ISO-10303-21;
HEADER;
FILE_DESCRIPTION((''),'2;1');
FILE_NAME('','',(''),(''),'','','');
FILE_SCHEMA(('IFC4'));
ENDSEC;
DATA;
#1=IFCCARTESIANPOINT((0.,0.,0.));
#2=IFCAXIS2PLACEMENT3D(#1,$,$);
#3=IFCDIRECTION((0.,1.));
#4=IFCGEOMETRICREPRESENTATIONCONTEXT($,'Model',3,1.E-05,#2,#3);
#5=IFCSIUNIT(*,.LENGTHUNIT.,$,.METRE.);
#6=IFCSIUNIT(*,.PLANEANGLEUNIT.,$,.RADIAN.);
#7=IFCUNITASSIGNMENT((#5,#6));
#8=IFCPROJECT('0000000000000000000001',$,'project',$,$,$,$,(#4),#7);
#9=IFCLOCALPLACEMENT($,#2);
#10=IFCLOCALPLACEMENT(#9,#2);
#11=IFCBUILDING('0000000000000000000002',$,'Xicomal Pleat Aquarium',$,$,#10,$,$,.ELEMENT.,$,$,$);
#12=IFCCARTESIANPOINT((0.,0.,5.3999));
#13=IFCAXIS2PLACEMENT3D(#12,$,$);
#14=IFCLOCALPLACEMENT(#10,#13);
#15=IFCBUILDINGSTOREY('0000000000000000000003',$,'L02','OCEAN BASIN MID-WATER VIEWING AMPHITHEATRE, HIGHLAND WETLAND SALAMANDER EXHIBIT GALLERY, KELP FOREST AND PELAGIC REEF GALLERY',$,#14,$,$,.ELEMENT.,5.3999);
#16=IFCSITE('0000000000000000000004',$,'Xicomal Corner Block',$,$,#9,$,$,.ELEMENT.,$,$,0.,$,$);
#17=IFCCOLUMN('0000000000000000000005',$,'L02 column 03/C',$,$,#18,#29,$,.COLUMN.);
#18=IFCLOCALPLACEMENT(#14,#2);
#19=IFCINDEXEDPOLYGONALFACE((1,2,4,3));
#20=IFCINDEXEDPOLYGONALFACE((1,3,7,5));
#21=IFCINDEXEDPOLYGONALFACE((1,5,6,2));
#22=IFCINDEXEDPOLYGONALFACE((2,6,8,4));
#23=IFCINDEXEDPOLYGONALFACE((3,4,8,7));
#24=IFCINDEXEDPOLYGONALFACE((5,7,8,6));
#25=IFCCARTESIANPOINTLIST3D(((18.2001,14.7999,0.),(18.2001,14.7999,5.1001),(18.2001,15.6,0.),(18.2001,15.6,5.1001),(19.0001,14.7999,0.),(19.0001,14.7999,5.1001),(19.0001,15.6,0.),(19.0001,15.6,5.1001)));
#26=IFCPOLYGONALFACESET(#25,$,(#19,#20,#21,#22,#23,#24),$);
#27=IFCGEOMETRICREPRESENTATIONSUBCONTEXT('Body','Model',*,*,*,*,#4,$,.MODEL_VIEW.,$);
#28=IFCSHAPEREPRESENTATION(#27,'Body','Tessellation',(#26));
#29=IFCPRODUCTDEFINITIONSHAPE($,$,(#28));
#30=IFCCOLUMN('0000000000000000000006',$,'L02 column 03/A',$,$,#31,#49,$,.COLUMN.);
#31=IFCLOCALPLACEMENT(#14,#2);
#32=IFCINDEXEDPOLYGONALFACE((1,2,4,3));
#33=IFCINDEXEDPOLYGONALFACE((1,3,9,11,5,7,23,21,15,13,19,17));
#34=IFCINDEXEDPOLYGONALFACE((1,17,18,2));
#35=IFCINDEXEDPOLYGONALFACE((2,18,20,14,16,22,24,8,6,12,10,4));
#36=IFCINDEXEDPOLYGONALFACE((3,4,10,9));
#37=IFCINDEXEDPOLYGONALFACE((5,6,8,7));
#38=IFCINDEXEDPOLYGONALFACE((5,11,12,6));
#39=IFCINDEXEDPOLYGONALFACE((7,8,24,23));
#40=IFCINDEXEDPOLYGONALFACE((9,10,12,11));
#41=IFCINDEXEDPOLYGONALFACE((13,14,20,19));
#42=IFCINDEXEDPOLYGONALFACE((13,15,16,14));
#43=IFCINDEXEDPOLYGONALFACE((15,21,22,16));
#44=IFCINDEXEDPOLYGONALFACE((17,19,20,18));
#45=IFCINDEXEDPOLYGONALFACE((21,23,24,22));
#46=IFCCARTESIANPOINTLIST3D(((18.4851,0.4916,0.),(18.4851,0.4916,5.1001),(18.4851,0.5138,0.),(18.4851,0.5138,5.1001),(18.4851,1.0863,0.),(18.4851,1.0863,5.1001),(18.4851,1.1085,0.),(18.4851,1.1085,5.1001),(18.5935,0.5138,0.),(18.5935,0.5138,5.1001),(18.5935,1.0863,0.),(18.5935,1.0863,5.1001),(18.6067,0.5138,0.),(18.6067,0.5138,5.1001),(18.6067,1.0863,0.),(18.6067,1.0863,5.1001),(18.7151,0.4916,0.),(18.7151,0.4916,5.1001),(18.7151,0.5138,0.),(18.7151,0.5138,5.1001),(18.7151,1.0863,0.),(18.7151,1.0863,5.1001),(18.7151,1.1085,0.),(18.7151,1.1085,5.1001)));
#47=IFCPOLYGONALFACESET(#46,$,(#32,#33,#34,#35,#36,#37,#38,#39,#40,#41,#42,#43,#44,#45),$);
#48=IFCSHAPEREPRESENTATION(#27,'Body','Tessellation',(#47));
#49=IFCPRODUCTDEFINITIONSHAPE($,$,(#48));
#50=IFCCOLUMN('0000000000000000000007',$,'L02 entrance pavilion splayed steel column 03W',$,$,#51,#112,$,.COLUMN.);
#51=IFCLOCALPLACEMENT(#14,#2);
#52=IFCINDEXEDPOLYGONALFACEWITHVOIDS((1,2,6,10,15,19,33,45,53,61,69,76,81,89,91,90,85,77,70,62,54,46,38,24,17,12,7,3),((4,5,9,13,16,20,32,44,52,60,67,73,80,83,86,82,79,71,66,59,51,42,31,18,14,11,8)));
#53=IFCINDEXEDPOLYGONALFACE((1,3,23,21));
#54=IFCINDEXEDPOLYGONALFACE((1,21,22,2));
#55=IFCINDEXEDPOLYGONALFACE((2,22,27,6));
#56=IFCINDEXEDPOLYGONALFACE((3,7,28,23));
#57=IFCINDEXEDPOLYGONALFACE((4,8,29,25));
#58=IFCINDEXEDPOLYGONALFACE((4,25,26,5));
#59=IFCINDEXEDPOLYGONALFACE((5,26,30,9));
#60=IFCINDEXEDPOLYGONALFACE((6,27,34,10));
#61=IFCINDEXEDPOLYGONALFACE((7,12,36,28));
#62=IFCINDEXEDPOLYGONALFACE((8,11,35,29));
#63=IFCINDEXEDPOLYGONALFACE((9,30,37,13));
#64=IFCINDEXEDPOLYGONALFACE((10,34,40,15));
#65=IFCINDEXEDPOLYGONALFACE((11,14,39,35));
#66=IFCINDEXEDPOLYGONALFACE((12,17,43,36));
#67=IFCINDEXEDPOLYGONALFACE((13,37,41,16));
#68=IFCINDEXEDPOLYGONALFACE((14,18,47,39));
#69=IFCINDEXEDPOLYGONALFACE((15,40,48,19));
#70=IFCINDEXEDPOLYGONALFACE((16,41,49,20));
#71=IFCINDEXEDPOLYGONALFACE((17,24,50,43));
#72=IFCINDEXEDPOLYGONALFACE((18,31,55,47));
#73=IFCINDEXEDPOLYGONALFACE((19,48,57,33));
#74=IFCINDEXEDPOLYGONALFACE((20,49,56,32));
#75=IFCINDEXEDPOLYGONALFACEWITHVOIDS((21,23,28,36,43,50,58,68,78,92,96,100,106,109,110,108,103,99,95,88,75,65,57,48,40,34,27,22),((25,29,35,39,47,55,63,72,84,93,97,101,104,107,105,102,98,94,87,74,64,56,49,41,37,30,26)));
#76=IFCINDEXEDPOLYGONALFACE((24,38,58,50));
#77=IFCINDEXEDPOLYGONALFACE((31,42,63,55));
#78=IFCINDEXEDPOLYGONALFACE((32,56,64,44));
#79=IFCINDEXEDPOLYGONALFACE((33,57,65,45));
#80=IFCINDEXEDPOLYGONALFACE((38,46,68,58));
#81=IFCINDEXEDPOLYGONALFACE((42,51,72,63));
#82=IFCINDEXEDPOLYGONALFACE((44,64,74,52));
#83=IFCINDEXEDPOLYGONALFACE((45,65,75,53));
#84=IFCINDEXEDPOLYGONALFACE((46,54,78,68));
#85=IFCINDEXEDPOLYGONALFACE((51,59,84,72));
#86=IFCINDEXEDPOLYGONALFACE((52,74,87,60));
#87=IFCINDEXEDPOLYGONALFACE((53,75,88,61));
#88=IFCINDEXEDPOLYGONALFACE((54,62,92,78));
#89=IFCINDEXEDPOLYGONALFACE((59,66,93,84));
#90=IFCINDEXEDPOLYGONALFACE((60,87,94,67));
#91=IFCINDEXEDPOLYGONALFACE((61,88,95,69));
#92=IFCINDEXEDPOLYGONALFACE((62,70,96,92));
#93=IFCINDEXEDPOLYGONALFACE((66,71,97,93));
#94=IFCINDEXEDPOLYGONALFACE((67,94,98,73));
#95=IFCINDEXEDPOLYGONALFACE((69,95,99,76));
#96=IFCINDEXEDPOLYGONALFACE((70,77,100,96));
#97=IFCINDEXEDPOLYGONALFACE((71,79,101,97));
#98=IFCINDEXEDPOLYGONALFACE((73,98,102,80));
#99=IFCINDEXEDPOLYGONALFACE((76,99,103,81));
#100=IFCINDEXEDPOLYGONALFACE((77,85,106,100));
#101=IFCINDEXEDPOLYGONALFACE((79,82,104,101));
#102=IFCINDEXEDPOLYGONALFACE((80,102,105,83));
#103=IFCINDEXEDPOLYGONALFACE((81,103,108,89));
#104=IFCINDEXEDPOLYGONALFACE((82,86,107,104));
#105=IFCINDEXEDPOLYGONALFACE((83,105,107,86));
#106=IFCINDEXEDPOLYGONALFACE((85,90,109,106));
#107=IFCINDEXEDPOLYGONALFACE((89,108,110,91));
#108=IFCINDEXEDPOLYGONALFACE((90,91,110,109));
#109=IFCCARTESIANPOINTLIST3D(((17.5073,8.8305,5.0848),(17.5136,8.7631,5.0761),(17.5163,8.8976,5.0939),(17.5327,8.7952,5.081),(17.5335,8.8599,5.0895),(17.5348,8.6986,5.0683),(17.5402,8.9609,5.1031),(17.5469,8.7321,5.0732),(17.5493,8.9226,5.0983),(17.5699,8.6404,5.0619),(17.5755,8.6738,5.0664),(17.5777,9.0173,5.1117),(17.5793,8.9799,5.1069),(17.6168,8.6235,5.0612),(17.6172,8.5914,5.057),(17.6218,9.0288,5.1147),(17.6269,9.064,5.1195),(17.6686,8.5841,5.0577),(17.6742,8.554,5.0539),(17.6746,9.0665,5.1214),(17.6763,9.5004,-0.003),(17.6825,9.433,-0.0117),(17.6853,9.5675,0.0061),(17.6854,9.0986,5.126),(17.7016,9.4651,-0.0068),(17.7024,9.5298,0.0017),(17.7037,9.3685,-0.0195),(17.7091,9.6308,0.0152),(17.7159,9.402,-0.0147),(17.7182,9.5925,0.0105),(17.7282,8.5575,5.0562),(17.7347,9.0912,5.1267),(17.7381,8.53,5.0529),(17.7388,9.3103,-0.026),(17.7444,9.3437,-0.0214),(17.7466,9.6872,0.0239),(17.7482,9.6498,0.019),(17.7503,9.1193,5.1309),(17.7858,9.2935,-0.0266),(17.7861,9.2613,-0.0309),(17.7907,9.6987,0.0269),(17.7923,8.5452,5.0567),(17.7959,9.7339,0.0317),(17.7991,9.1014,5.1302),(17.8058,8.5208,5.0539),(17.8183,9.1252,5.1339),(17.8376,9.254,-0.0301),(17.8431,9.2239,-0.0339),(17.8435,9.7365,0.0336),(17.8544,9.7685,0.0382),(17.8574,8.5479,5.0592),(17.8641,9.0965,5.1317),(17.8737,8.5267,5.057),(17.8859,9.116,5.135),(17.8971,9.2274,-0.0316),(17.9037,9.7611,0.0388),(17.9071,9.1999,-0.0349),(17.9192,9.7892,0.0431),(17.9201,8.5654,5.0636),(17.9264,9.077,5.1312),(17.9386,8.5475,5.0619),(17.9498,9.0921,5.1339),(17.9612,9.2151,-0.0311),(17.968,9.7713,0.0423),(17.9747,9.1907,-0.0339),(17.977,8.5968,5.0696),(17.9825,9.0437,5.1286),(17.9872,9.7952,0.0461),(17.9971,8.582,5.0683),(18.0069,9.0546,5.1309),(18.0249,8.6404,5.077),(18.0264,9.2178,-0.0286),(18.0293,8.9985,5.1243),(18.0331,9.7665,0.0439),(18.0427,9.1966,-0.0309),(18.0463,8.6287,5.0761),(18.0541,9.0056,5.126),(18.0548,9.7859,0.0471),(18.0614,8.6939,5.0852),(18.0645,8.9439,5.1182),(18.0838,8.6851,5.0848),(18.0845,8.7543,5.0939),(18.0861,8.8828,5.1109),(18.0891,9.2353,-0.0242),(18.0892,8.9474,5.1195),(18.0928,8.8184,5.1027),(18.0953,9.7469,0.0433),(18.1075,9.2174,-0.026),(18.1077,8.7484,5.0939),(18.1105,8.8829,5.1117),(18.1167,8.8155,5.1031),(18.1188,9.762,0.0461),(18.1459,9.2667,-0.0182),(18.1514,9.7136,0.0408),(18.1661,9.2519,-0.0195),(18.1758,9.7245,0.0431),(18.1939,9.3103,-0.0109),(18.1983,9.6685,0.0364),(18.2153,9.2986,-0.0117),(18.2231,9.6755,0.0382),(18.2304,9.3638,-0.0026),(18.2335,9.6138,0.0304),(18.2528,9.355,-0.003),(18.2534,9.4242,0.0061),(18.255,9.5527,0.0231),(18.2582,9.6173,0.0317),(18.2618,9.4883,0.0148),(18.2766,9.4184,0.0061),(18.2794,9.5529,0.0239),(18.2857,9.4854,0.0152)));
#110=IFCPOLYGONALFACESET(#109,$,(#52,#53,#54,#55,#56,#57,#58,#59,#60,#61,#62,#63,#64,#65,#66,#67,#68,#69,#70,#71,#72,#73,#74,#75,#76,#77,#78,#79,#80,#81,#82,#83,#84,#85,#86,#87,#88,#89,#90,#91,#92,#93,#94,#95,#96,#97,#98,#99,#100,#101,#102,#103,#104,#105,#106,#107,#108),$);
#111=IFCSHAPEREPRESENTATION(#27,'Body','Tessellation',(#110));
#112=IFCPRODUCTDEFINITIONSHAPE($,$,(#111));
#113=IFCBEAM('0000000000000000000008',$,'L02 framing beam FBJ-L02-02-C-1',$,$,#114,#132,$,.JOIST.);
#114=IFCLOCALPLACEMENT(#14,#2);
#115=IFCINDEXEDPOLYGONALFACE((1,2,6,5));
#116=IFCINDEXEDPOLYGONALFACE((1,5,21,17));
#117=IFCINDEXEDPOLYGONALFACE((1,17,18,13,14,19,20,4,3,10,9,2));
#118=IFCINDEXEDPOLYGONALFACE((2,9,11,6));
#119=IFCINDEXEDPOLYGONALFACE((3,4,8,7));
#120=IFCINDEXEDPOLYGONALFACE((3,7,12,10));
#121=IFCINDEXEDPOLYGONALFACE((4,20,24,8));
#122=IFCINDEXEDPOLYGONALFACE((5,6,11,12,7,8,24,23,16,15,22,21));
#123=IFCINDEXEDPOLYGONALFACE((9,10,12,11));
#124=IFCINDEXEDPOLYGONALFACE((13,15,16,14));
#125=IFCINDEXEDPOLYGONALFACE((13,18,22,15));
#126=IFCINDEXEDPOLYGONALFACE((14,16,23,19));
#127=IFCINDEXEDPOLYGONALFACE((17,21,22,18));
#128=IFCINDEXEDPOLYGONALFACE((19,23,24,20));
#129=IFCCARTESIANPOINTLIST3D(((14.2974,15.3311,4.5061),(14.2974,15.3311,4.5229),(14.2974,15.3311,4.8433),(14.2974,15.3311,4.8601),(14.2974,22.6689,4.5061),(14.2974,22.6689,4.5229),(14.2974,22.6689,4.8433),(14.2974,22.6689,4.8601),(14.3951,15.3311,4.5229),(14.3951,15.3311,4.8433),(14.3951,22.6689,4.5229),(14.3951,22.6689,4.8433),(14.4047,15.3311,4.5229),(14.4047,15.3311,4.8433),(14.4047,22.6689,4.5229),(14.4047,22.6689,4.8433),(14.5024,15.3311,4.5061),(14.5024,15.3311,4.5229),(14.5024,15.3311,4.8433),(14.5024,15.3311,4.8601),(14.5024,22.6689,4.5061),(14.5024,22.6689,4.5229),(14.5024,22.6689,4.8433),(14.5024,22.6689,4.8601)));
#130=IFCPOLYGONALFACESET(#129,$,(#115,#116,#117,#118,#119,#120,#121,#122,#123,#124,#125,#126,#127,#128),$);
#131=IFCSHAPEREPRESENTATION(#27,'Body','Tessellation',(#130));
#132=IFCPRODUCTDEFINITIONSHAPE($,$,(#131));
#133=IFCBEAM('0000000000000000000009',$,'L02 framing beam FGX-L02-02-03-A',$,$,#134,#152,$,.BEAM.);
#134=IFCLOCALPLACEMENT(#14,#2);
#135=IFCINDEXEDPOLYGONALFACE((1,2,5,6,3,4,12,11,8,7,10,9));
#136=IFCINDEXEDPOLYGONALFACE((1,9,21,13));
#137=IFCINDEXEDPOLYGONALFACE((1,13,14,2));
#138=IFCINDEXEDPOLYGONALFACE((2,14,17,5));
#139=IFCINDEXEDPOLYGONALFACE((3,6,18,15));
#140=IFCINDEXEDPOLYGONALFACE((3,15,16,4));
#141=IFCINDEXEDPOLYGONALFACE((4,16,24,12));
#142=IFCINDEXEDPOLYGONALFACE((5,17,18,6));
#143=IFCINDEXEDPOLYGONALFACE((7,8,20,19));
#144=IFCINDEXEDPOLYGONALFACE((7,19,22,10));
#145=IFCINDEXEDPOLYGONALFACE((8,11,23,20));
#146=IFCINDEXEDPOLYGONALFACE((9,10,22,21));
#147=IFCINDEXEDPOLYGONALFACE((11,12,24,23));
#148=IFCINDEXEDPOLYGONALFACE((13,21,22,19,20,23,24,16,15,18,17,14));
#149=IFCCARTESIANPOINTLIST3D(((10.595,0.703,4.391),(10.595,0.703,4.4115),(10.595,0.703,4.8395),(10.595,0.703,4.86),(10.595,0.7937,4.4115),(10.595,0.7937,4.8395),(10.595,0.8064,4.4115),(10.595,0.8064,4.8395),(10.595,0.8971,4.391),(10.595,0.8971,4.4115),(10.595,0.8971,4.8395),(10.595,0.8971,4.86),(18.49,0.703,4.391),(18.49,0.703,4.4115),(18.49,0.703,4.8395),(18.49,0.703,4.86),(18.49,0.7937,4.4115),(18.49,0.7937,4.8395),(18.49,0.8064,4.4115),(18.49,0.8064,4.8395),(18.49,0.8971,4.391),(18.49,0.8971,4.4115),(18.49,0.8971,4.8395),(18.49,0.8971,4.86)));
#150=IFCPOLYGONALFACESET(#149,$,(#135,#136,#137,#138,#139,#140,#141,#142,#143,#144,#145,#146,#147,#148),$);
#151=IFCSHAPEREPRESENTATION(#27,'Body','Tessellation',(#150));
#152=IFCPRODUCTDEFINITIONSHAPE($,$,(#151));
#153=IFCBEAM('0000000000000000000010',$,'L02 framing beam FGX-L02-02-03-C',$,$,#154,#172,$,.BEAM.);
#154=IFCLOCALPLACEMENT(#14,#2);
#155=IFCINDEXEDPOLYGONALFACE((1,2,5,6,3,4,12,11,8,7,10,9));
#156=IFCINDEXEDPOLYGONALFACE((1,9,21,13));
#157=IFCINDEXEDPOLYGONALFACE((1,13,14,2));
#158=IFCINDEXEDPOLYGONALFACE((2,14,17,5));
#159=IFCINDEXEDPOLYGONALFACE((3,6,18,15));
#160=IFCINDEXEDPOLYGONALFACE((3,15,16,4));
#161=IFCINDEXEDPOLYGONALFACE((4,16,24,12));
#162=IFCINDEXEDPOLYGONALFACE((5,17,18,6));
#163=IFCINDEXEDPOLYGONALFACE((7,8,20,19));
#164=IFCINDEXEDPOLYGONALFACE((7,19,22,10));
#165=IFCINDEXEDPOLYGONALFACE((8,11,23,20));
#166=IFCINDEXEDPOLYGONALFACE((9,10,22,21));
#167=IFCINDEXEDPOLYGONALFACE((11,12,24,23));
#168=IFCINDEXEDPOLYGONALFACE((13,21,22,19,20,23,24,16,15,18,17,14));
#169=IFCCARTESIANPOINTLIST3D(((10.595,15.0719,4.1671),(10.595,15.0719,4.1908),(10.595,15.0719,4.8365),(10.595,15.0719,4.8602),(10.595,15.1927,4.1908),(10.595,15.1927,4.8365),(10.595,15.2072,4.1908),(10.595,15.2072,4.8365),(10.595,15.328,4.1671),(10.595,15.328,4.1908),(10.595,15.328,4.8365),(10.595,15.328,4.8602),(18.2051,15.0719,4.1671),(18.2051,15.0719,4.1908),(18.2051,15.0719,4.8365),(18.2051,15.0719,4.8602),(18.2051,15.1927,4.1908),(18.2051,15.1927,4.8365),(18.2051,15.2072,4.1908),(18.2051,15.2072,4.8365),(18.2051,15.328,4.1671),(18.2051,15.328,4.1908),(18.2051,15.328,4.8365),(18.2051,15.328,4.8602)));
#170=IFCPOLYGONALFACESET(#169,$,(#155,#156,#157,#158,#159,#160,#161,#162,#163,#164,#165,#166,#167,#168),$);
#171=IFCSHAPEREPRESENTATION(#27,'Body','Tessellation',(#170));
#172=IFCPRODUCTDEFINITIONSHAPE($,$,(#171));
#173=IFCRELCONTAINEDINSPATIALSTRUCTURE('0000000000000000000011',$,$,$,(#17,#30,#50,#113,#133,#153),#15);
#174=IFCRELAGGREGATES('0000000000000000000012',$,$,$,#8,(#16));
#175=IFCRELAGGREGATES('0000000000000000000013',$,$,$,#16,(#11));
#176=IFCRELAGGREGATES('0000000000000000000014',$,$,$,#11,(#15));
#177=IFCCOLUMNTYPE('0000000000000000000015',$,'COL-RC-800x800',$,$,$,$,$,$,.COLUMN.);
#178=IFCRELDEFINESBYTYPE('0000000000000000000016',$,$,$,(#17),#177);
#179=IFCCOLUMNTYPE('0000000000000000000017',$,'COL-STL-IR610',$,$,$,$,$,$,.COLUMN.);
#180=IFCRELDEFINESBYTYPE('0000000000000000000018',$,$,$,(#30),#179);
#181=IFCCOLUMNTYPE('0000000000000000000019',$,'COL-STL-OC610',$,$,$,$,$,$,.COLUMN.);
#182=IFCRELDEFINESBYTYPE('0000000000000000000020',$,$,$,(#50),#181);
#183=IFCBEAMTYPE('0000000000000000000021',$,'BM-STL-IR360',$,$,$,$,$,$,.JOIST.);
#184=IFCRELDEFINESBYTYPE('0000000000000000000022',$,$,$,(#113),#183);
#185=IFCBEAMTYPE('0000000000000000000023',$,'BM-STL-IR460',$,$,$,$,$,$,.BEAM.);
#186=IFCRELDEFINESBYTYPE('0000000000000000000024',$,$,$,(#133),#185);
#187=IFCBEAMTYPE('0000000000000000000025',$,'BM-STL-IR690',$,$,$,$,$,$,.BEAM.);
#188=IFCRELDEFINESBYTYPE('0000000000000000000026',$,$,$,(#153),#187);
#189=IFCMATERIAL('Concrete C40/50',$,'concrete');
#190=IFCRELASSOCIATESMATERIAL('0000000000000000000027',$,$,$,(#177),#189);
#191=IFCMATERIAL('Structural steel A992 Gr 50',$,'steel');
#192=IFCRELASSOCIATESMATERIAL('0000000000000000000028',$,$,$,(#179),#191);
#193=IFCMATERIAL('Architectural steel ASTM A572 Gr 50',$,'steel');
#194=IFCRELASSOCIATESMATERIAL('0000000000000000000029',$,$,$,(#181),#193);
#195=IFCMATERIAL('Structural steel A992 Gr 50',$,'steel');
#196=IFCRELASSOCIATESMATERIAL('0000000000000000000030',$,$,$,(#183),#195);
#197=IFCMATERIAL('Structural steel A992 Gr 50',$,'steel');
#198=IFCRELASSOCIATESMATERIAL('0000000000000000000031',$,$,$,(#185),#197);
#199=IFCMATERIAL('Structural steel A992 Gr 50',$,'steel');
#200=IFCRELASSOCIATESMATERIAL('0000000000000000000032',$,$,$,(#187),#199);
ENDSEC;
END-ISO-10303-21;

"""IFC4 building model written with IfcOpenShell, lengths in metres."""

from ifc_helpers import new_model, si_unit, direction, frame, origin, origin_2d, place, context, subcontext, project, spatial, rectangle, hollow_circle, i_section, extrude, material, material_profile, profile_set, type_object, element, save


model = new_model("IFC4")

# Units and contexts
model_context = context("Model", 3, precision=1e-05, world=origin(), true_north=direction((0.0, 1.0)))
body_context = subcontext(model_context, "Body", "Model", "MODEL_VIEW")
ifc_project = project(units=[si_unit("LENGTHUNIT", "METRE"), si_unit("PLANEANGLEUNIT", "RADIAN")], contexts=[model_context])

# Site, building, storey
site_placement = place(None, origin())
site = spatial("IfcSite", under=ifc_project, at=site_placement, Name="Xicomal Corner Block", CompositionType="ELEMENT", RefElevation=0.0)
building_placement = place(site_placement, origin())
building = spatial("IfcBuilding", under=site, at=building_placement, Name="Xicomal Pleat Aquarium", CompositionType="ELEMENT")
storey_placement = place(building_placement, frame((0.0, 0.0, 5.3999)))
storey = spatial("IfcBuildingStorey", under=building, at=storey_placement, Name="L02", Description="OCEAN BASIN MID-WATER VIEWING AMPHITHEATRE, HIGHLAND WETLAND SALAMANDER EXHIBIT GALLERY, KELP FOREST AND PELAGIC REEF GALLERY", CompositionType="ELEMENT", Elevation=5.3999)

# Columns
ifc_material_1 = material(Name="Concrete C40/50", Category="concrete")
ifc_material_profile_1 = material_profile(ifc_material_1, rectangle(XDim=0.8, YDim=0.8, at=origin_2d()), Name="RC 800x800")
ifc_profile_set_1 = profile_set([ifc_material_profile_1], Name="Concrete C40/50")
column_type_1 = type_object("IfcColumnType", Name="COL-RC-800x800", PredefinedType="COLUMN", material=ifc_profile_set_1)
column_1_placement = place(storey_placement, frame((18.6001, 15.2, 0.0), z_axis=(0.0, 0.0, 1.0), x_axis=(1.0, 0.0, 0.0)))
element("IfcColumn", 1, at=column_1_placement, inside=storey, type_object=column_type_1, Name="L02 column 03/C", PredefinedType="COLUMN", context=body_context, shape_type="SweptSolid", body=[
    extrude(rectangle(XDim=0.8, YDim=0.8, at=origin_2d()), origin(), (0.0, 0.0, 1.0), 5.1001),
])
ifc_material_2 = material(Name="Structural steel A992 Gr 50", Category="steel")
ifc_material_profile_2 = material_profile(ifc_material_2, i_section(OverallWidth=0.23, OverallDepth=0.6169, WebThickness=0.0132, FlangeThickness=0.0222, at=origin_2d()), Name="IR 610x140")
ifc_profile_set_2 = profile_set([ifc_material_profile_2], Name="Structural steel A992 Gr 50")
column_type_2 = type_object("IfcColumnType", Name="COL-STL-IR610", PredefinedType="COLUMN", material=ifc_profile_set_2)
column_2_placement = place(storey_placement, frame((18.6001, 0.8, 0.0), z_axis=(0.0, 0.0, 1.0), x_axis=(1.0, 0.0, 0.0)))
element("IfcColumn", 2, at=column_2_placement, inside=storey, type_object=column_type_2, Name="L02 column 03/A", PredefinedType="COLUMN", context=body_context, shape_type="SweptSolid", body=[
    extrude(i_section(OverallWidth=0.23, OverallDepth=0.6169, WebThickness=0.0132, FlangeThickness=0.0222, at=origin_2d()), origin(), (0.0, 0.0, 1.0), 5.1001),
])
ifc_material_3 = material(Name="Architectural steel ASTM A572 Gr 50", Category="steel")
ifc_material_profile_3 = material_profile(ifc_material_3, hollow_circle(Radius=0.3049, WallThickness=0.0239, at=origin_2d()), Name="OC 610x24")
ifc_profile_set_3 = profile_set([ifc_material_profile_3], Name="Architectural steel ASTM A572 Gr 50")
column_type_3 = type_object("IfcColumnType", Name="COL-STL-OC610", PredefinedType="COLUMN", material=ifc_profile_set_3)
column_3_placement = place(storey_placement, frame((17.981, 9.4929, 0.0061), z_axis=(-0.032903, -0.130472, 0.990906), x_axis=(0.969642, -0.244531, 0.0)))
element("IfcColumn", 3, at=column_3_placement, inside=storey, type_object=column_type_3, Name="L02 entrance pavilion splayed steel column 03W", PredefinedType="COLUMN", context=body_context, shape_type="SweptSolid", body=[
    extrude(hollow_circle(Radius=0.3049, WallThickness=0.0239, at=origin_2d()), origin(), (0.0, 0.0, 1.0), 5.1345),
])

# Beams
ifc_material_4 = material(Name="Structural steel A992 Gr 50", Category="steel")
ifc_material_profile_4 = material_profile(ifc_material_4, i_section(OverallWidth=0.2051, OverallDepth=0.354, WebThickness=0.0095, FlangeThickness=0.0168, at=origin_2d()), Name="IR 360x79")
ifc_profile_set_4 = profile_set([ifc_material_profile_4], Name="Structural steel A992 Gr 50")
beam_type_1 = type_object("IfcBeamType", Name="BM-STL-IR360", PredefinedType="JOIST", material=ifc_profile_set_4)
beam_1_placement = place(storey_placement, frame((14.3999, 15.3311, 4.6831), z_axis=(0.0, 1.0, 0.0), x_axis=(-1.0, 0.0, 0.0)))
element("IfcBeam", 4, at=beam_1_placement, inside=storey, type_object=beam_type_1, Name="L02 framing beam FBJ-L02-02-C-1", PredefinedType="JOIST", context=body_context, shape_type="SweptSolid", body=[
    extrude(i_section(OverallWidth=0.2051, OverallDepth=0.354, WebThickness=0.0095, FlangeThickness=0.0168, at=origin_2d()), origin(), (0.0, 0.0, 1.0), 7.3379),
])
ifc_material_5 = material(Name="Structural steel A992 Gr 50", Category="steel")
ifc_material_profile_5 = material_profile(ifc_material_5, i_section(OverallWidth=0.1941, OverallDepth=0.469, WebThickness=0.0127, FlangeThickness=0.0205, at=origin_2d()), Name="IR 460x106")
ifc_profile_set_5 = profile_set([ifc_material_profile_5], Name="Structural steel A992 Gr 50")
beam_type_2 = type_object("IfcBeamType", Name="BM-STL-IR460", PredefinedType="BEAM", material=ifc_profile_set_5)
beam_2_placement = place(storey_placement, frame((10.595, 0.8, 4.6255), z_axis=(1.0, 0.0, 0.0), x_axis=(0.0, 1.0, 0.0)))
element("IfcBeam", 5, at=beam_2_placement, inside=storey, type_object=beam_type_2, Name="L02 framing beam FGX-L02-02-03-A", PredefinedType="BEAM", context=body_context, shape_type="SweptSolid", body=[
    extrude(i_section(OverallWidth=0.1941, OverallDepth=0.469, WebThickness=0.0127, FlangeThickness=0.0205, at=origin_2d()), origin(), (0.0, 0.0, 1.0), 7.895),
])
ifc_material_6 = material(Name="Structural steel A992 Gr 50", Category="steel")
ifc_material_profile_6 = material_profile(ifc_material_6, i_section(OverallWidth=0.2561, OverallDepth=0.6931, WebThickness=0.0144, FlangeThickness=0.0237, at=origin_2d()), Name="IR 690x170")
ifc_profile_set_6 = profile_set([ifc_material_profile_6], Name="Structural steel A992 Gr 50")
beam_type_3 = type_object("IfcBeamType", Name="BM-STL-IR690", PredefinedType="BEAM", material=ifc_profile_set_6)
beam_3_placement = place(storey_placement, frame((10.595, 15.2, 4.5137), z_axis=(1.0, 0.0, 0.0), x_axis=(0.0, 1.0, 0.0)))
element("IfcBeam", 6, at=beam_3_placement, inside=storey, type_object=beam_type_3, Name="L02 framing beam FGX-L02-02-03-C", PredefinedType="BEAM", context=body_context, shape_type="SweptSolid", body=[
    extrude(i_section(OverallWidth=0.2561, OverallDepth=0.6931, WebThickness=0.0144, FlangeThickness=0.0237, at=origin_2d()), origin(), (0.0, 0.0, 1.0), 7.6101),
])

save(model, "model.ifc")
